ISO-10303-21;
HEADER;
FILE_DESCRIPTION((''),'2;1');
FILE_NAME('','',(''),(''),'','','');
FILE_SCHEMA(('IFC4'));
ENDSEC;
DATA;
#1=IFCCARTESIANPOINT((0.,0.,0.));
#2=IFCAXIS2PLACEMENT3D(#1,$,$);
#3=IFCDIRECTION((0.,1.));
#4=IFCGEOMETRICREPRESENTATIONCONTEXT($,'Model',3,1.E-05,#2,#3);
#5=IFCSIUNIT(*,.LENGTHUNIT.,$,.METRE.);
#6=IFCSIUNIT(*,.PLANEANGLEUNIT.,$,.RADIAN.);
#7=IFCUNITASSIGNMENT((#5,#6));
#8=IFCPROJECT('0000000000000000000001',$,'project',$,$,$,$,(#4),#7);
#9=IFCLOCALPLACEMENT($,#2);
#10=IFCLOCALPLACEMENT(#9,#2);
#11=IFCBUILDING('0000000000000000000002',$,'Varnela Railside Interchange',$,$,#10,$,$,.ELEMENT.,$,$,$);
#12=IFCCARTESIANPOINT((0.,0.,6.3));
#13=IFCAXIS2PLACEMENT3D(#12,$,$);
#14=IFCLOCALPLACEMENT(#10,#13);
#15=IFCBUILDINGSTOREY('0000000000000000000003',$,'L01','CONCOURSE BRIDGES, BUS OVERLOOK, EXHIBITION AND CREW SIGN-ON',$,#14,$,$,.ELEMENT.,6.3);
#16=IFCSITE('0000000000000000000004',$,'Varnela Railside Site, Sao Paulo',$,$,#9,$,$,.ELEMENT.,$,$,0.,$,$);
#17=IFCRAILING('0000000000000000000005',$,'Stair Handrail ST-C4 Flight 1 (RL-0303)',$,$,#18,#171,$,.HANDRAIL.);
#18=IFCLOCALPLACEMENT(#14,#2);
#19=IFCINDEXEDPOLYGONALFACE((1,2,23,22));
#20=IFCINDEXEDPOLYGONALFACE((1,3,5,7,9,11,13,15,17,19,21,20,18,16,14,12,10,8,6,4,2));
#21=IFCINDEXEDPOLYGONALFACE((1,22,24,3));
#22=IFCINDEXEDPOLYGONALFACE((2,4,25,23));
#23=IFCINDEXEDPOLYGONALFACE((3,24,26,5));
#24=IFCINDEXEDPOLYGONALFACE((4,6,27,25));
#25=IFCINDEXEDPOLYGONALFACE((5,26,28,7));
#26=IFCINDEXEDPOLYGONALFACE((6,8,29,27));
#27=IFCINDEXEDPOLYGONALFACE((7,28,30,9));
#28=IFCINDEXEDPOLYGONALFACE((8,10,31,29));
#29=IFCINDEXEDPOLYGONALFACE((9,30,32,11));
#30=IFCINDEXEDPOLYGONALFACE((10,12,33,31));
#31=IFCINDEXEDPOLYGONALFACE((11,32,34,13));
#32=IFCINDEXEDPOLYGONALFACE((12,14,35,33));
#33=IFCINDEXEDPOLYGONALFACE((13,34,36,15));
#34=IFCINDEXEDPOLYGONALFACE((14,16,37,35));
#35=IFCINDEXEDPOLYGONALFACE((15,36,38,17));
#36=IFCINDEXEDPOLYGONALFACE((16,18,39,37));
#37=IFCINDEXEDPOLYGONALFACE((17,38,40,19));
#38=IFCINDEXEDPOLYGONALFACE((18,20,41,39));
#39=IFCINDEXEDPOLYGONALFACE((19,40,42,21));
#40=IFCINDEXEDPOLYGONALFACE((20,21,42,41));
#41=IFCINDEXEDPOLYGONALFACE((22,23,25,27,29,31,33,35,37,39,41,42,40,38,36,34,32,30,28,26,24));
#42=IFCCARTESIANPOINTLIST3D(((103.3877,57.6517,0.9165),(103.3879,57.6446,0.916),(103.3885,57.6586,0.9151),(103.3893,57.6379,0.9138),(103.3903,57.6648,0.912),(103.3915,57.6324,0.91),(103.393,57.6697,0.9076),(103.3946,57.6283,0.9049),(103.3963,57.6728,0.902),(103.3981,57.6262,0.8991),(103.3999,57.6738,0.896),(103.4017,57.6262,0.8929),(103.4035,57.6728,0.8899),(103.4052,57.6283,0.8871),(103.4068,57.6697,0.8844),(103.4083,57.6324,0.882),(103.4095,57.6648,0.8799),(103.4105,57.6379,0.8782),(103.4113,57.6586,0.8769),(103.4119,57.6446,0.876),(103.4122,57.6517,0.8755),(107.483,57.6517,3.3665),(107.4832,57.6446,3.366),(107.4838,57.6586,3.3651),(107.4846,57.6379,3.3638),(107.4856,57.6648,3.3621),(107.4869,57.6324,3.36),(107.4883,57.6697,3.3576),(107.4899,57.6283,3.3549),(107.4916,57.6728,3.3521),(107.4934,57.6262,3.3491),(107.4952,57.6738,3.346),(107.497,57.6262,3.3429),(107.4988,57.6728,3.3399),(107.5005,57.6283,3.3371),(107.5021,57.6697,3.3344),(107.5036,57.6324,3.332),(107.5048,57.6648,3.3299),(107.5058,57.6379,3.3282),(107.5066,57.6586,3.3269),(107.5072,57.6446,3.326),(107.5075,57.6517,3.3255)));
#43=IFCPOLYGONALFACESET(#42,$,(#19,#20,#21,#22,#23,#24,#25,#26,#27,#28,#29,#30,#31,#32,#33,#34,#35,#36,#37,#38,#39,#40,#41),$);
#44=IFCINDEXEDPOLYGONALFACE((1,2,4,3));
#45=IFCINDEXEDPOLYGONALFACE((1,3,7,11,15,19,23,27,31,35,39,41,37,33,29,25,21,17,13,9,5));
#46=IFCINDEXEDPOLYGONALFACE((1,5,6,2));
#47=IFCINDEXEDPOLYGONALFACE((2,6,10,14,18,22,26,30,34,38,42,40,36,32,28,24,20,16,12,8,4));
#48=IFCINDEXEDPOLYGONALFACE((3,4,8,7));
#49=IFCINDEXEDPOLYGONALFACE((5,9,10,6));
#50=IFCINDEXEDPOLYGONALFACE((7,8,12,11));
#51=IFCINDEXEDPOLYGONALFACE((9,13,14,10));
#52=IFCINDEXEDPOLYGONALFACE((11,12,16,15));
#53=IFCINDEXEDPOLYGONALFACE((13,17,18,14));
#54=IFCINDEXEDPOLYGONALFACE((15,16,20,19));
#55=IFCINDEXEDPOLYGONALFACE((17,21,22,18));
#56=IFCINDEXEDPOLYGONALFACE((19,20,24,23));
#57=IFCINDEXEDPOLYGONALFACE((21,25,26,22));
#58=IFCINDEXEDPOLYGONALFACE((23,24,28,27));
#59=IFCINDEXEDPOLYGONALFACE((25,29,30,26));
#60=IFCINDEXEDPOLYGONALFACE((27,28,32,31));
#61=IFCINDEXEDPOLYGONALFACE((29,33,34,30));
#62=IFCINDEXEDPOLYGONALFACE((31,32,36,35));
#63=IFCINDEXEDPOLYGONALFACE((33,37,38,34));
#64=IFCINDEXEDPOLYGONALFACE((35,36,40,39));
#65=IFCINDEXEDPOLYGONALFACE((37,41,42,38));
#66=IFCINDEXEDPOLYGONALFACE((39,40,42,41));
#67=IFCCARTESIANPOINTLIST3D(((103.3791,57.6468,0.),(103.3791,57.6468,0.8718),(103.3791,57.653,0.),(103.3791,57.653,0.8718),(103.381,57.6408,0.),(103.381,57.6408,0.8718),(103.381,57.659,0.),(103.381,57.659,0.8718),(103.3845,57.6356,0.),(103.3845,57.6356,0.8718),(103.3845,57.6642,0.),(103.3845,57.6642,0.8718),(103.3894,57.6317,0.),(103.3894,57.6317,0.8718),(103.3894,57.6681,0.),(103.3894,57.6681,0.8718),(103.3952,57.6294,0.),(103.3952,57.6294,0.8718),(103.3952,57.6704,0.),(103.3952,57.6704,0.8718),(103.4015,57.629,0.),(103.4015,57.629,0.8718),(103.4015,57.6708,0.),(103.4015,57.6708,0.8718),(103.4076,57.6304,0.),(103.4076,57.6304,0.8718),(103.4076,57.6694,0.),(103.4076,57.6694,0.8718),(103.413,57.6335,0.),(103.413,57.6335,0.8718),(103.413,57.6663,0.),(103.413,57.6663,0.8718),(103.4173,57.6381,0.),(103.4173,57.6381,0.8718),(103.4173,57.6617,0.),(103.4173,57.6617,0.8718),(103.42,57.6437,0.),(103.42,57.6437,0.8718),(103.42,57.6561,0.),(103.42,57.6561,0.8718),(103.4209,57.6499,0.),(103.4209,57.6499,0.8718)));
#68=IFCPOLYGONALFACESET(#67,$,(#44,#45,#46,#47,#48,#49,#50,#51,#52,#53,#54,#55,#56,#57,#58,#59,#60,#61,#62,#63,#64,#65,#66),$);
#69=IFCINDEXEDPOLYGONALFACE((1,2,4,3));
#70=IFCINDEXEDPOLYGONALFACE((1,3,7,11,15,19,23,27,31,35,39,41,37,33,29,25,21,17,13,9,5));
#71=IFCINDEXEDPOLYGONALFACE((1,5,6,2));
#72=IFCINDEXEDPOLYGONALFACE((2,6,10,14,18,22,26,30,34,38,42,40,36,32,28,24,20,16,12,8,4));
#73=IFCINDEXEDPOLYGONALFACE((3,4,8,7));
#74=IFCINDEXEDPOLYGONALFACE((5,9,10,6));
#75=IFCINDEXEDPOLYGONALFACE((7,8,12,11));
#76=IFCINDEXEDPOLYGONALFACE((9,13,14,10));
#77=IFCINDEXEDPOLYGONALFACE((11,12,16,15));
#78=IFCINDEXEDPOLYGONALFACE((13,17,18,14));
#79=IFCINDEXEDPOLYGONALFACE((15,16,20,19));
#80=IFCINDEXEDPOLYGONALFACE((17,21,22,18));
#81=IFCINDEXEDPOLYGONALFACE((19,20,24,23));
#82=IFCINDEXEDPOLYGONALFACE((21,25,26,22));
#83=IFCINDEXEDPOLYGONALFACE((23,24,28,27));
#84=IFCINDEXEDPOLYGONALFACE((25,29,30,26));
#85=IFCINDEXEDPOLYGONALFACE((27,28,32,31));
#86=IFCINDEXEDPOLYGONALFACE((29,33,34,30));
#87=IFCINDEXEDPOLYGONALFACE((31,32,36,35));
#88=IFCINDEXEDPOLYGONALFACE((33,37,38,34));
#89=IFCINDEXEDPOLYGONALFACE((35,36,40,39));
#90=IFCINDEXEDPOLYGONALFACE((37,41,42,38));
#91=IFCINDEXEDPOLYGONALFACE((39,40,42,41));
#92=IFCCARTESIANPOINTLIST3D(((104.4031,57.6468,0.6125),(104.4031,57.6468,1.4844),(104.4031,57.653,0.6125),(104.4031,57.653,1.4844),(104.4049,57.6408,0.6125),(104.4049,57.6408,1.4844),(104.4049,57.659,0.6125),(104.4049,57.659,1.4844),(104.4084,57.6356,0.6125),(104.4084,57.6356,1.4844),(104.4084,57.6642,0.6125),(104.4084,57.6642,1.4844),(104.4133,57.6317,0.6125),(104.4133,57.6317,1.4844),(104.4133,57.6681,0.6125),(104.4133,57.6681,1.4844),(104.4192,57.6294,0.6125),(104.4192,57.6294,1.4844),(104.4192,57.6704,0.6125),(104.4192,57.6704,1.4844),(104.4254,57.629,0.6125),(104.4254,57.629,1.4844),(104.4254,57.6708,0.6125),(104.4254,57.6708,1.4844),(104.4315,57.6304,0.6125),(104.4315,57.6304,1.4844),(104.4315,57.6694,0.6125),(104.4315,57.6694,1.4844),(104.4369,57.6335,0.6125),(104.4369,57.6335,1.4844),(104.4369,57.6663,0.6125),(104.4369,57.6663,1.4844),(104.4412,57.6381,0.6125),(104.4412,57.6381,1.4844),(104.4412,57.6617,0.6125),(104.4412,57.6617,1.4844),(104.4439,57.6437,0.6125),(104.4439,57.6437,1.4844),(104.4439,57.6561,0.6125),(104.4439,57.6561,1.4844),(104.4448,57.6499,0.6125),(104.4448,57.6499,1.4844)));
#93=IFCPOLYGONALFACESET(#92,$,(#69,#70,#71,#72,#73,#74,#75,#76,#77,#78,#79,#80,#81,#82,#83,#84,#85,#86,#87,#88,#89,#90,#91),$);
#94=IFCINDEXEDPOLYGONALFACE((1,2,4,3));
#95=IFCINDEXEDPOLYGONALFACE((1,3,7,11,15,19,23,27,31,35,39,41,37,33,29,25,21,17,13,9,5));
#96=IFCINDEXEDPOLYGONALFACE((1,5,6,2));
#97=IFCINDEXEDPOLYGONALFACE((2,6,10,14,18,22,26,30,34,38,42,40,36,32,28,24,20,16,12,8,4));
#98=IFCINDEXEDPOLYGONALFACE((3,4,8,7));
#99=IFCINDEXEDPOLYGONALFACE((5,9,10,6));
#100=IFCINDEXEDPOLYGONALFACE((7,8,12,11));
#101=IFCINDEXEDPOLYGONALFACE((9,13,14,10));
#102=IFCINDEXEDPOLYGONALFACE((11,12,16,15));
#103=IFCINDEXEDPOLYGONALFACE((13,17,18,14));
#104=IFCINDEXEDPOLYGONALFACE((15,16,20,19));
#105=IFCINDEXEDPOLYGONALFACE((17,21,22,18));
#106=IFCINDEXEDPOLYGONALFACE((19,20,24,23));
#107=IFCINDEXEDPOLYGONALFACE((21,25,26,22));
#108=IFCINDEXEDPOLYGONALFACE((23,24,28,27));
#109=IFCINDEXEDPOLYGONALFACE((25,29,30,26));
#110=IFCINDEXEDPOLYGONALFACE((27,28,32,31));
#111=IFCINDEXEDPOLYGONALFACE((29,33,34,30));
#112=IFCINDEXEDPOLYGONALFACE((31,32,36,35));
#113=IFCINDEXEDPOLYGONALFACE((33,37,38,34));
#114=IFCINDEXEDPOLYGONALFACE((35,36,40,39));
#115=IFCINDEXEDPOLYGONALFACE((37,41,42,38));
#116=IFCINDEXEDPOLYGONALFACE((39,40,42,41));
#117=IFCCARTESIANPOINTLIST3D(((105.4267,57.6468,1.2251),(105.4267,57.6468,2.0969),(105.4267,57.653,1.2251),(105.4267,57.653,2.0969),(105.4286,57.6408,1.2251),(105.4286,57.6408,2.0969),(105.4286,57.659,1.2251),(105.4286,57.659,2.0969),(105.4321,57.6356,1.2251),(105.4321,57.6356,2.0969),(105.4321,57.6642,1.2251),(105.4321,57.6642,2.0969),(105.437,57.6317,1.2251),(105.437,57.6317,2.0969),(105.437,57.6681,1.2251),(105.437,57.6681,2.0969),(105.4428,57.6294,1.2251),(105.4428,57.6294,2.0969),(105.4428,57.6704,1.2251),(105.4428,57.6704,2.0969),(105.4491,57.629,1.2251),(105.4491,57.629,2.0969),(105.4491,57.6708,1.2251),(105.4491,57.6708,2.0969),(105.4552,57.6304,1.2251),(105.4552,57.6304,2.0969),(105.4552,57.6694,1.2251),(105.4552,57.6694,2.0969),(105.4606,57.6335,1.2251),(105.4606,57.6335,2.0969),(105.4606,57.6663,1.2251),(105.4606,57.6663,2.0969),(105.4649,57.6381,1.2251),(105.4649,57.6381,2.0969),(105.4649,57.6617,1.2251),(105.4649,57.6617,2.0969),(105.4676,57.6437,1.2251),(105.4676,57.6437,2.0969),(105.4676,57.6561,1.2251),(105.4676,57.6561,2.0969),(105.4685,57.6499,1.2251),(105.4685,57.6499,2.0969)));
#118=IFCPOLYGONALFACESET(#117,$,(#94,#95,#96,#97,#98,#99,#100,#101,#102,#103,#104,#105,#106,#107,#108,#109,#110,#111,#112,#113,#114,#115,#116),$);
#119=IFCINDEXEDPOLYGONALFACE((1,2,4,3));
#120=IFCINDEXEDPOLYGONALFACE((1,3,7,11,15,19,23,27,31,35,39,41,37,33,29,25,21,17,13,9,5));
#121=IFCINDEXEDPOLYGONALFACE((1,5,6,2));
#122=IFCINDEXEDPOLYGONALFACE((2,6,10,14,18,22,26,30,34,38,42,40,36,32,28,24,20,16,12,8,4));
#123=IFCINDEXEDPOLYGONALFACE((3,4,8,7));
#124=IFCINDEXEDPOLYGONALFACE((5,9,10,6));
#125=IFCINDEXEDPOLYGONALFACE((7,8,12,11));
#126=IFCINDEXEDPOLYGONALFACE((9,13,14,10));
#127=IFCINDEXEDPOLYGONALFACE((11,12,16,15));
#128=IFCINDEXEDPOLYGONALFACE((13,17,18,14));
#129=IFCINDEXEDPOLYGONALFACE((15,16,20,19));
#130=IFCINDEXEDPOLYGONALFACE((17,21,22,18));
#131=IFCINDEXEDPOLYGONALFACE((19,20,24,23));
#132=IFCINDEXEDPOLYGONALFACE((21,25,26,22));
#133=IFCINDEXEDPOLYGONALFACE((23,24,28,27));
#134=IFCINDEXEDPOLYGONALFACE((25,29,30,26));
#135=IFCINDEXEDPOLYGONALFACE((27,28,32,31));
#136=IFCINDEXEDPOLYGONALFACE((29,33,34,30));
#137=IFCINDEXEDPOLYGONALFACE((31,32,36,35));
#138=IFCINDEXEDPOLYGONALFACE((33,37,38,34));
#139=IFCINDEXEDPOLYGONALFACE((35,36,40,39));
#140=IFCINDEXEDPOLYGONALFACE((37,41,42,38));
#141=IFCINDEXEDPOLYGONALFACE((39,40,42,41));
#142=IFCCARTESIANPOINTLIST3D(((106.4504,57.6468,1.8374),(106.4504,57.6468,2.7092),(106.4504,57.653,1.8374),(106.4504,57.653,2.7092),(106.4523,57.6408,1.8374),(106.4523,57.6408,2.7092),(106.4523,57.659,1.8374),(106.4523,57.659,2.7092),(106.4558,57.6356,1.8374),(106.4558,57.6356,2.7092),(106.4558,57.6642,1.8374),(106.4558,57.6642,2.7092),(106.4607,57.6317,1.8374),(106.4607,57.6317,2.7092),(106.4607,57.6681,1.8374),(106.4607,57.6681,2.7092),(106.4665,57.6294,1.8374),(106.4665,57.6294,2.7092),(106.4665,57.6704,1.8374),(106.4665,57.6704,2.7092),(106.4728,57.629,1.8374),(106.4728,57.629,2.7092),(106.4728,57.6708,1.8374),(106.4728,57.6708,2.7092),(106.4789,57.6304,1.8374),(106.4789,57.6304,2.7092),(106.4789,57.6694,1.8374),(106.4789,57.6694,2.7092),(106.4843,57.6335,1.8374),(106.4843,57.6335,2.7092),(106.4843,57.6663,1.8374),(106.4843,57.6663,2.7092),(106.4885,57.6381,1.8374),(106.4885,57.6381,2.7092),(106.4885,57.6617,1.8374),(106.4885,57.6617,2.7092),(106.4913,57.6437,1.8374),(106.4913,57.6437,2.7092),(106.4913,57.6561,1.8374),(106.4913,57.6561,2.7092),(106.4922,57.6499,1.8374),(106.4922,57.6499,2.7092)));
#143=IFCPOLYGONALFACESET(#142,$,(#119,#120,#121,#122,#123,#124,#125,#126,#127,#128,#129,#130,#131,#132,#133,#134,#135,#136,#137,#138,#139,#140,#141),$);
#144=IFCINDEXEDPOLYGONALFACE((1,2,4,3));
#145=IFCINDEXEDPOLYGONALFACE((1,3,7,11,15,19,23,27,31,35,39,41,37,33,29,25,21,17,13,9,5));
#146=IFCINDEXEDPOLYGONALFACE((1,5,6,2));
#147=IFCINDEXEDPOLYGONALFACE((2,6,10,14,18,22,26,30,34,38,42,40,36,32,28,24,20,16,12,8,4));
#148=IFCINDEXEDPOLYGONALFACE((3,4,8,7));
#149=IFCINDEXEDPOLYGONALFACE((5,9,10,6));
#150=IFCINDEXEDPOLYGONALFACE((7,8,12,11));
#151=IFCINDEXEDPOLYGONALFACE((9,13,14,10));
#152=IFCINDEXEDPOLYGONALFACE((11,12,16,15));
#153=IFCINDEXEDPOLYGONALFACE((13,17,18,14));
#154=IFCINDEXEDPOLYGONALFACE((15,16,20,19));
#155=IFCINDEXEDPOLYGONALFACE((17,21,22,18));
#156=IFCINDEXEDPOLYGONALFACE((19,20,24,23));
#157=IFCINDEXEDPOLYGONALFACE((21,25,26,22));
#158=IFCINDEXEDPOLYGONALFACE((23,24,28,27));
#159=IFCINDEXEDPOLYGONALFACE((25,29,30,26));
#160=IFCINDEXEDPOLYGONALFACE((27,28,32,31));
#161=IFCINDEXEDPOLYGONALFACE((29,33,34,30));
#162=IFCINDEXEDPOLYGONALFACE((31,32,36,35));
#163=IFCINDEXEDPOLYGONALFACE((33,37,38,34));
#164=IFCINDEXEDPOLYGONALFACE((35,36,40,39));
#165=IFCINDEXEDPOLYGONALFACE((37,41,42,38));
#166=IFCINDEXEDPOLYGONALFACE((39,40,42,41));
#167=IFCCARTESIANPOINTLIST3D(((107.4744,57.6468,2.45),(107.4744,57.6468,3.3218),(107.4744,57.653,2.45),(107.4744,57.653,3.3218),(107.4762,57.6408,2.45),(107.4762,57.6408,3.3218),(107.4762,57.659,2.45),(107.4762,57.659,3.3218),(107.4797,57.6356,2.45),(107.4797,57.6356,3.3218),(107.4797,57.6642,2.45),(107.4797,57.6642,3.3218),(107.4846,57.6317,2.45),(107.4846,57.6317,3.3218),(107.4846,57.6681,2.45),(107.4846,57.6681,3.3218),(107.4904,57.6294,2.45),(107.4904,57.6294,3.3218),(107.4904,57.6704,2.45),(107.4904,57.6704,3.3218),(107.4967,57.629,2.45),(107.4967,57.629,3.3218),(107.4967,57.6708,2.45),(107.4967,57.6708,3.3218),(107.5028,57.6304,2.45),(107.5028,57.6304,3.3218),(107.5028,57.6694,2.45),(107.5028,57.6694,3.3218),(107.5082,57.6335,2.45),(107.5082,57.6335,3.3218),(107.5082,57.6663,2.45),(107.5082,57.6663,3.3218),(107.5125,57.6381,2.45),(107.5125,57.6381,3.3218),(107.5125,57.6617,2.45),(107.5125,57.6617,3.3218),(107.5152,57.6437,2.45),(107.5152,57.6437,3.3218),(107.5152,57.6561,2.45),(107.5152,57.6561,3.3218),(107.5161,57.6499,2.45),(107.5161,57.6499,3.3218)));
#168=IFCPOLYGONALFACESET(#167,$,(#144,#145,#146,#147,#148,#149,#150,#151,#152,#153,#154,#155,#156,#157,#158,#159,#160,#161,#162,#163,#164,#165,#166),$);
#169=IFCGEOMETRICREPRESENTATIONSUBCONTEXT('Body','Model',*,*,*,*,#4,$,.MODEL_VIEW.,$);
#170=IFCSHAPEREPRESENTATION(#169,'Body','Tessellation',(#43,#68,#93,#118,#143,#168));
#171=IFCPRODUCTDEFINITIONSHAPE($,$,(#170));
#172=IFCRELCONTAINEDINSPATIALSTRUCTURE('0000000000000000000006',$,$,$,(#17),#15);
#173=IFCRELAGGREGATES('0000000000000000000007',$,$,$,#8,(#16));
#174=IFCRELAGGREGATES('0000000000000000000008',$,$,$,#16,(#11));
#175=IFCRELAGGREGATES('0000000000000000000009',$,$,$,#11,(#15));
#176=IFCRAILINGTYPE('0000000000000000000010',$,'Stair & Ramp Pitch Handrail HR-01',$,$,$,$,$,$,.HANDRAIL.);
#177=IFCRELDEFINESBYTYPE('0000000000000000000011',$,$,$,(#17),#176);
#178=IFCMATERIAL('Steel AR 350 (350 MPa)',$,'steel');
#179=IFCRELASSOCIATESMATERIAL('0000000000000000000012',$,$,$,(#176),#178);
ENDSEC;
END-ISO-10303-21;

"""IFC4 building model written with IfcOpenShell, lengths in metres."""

from ifc_helpers import new_model, si_unit, direction, frame, origin, origin_2d, place, context, subcontext, project, spatial, circle, extrude, material, type_object, element, save


model = new_model("IFC4")

# Units and contexts
model_context = context("Model", 3, precision=1e-05, world=origin(), true_north=direction((0.0, 1.0)))
body_context = subcontext(model_context, "Body", "Model", "MODEL_VIEW")
ifc_project = project(units=[si_unit("LENGTHUNIT", "METRE"), si_unit("PLANEANGLEUNIT", "RADIAN")], contexts=[model_context])

# Site, building, storey
site_placement = place(None, origin())
site = spatial("IfcSite", under=ifc_project, at=site_placement, Name="Varnela Railside Site, Sao Paulo", CompositionType="ELEMENT", RefElevation=0.0)
building_placement = place(site_placement, origin())
building = spatial("IfcBuilding", under=site, at=building_placement, Name="Varnela Railside Interchange", CompositionType="ELEMENT")
storey_placement = place(building_placement, frame((0.0, 0.0, 6.3)))
storey = spatial("IfcBuildingStorey", under=building, at=storey_placement, Name="L01", Description="CONCOURSE BRIDGES, BUS OVERLOOK, EXHIBITION AND CREW SIGN-ON", CompositionType="ELEMENT", Elevation=6.3)

# Shared definitions
ifc_material_1 = material(Name="Steel AR 350 (350 MPa)", Category="steel")

# Railing
railing_type_1 = type_object("IfcRailingType", Name="Stair & Ramp Pitch Handrail HR-01", PredefinedType="HANDRAIL", material=ifc_material_1)
railing_1_placement = place(storey_placement, frame((103.3999, 57.6499, 0.0)))
element("IfcRailing", 1, at=railing_1_placement, inside=storey, type_object=railing_type_1, Name="Stair Handrail ST-C4 Flight 1 (RL-0303)", PredefinedType="HANDRAIL", context=body_context, shape_type="SweptSolid", body=[
    extrude(circle(Radius=0.0239, at=origin_2d()), frame((0.0, 0.0, 0.896), z_axis=(0.858156, 0.0, 0.513389), x_axis=(0.0, 1.0, 0.0)), (0.0, 0.0, 1.0), 4.7722),
    extrude(circle(Radius=0.021, at=origin_2d()), origin(), (0.0, 0.0, 1.0), 0.8718),
    extrude(circle(Radius=0.021, at=origin_2d()), frame((1.0239, 0.0, 0.6125)), (0.0, 0.0, 1.0), 0.8718),
    extrude(circle(Radius=0.021, at=origin_2d()), frame((2.0476, 0.0, 1.2251)), (0.0, 0.0, 1.0), 0.8718),
    extrude(circle(Radius=0.021, at=origin_2d()), frame((3.0713, 0.0, 1.8374)), (0.0, 0.0, 1.0), 0.8718),
    extrude(circle(Radius=0.021, at=origin_2d()), frame((4.0952, 0.0, 2.45)), (0.0, 0.0, 1.0), 0.8718),
])

save(model, "model.ifc")
